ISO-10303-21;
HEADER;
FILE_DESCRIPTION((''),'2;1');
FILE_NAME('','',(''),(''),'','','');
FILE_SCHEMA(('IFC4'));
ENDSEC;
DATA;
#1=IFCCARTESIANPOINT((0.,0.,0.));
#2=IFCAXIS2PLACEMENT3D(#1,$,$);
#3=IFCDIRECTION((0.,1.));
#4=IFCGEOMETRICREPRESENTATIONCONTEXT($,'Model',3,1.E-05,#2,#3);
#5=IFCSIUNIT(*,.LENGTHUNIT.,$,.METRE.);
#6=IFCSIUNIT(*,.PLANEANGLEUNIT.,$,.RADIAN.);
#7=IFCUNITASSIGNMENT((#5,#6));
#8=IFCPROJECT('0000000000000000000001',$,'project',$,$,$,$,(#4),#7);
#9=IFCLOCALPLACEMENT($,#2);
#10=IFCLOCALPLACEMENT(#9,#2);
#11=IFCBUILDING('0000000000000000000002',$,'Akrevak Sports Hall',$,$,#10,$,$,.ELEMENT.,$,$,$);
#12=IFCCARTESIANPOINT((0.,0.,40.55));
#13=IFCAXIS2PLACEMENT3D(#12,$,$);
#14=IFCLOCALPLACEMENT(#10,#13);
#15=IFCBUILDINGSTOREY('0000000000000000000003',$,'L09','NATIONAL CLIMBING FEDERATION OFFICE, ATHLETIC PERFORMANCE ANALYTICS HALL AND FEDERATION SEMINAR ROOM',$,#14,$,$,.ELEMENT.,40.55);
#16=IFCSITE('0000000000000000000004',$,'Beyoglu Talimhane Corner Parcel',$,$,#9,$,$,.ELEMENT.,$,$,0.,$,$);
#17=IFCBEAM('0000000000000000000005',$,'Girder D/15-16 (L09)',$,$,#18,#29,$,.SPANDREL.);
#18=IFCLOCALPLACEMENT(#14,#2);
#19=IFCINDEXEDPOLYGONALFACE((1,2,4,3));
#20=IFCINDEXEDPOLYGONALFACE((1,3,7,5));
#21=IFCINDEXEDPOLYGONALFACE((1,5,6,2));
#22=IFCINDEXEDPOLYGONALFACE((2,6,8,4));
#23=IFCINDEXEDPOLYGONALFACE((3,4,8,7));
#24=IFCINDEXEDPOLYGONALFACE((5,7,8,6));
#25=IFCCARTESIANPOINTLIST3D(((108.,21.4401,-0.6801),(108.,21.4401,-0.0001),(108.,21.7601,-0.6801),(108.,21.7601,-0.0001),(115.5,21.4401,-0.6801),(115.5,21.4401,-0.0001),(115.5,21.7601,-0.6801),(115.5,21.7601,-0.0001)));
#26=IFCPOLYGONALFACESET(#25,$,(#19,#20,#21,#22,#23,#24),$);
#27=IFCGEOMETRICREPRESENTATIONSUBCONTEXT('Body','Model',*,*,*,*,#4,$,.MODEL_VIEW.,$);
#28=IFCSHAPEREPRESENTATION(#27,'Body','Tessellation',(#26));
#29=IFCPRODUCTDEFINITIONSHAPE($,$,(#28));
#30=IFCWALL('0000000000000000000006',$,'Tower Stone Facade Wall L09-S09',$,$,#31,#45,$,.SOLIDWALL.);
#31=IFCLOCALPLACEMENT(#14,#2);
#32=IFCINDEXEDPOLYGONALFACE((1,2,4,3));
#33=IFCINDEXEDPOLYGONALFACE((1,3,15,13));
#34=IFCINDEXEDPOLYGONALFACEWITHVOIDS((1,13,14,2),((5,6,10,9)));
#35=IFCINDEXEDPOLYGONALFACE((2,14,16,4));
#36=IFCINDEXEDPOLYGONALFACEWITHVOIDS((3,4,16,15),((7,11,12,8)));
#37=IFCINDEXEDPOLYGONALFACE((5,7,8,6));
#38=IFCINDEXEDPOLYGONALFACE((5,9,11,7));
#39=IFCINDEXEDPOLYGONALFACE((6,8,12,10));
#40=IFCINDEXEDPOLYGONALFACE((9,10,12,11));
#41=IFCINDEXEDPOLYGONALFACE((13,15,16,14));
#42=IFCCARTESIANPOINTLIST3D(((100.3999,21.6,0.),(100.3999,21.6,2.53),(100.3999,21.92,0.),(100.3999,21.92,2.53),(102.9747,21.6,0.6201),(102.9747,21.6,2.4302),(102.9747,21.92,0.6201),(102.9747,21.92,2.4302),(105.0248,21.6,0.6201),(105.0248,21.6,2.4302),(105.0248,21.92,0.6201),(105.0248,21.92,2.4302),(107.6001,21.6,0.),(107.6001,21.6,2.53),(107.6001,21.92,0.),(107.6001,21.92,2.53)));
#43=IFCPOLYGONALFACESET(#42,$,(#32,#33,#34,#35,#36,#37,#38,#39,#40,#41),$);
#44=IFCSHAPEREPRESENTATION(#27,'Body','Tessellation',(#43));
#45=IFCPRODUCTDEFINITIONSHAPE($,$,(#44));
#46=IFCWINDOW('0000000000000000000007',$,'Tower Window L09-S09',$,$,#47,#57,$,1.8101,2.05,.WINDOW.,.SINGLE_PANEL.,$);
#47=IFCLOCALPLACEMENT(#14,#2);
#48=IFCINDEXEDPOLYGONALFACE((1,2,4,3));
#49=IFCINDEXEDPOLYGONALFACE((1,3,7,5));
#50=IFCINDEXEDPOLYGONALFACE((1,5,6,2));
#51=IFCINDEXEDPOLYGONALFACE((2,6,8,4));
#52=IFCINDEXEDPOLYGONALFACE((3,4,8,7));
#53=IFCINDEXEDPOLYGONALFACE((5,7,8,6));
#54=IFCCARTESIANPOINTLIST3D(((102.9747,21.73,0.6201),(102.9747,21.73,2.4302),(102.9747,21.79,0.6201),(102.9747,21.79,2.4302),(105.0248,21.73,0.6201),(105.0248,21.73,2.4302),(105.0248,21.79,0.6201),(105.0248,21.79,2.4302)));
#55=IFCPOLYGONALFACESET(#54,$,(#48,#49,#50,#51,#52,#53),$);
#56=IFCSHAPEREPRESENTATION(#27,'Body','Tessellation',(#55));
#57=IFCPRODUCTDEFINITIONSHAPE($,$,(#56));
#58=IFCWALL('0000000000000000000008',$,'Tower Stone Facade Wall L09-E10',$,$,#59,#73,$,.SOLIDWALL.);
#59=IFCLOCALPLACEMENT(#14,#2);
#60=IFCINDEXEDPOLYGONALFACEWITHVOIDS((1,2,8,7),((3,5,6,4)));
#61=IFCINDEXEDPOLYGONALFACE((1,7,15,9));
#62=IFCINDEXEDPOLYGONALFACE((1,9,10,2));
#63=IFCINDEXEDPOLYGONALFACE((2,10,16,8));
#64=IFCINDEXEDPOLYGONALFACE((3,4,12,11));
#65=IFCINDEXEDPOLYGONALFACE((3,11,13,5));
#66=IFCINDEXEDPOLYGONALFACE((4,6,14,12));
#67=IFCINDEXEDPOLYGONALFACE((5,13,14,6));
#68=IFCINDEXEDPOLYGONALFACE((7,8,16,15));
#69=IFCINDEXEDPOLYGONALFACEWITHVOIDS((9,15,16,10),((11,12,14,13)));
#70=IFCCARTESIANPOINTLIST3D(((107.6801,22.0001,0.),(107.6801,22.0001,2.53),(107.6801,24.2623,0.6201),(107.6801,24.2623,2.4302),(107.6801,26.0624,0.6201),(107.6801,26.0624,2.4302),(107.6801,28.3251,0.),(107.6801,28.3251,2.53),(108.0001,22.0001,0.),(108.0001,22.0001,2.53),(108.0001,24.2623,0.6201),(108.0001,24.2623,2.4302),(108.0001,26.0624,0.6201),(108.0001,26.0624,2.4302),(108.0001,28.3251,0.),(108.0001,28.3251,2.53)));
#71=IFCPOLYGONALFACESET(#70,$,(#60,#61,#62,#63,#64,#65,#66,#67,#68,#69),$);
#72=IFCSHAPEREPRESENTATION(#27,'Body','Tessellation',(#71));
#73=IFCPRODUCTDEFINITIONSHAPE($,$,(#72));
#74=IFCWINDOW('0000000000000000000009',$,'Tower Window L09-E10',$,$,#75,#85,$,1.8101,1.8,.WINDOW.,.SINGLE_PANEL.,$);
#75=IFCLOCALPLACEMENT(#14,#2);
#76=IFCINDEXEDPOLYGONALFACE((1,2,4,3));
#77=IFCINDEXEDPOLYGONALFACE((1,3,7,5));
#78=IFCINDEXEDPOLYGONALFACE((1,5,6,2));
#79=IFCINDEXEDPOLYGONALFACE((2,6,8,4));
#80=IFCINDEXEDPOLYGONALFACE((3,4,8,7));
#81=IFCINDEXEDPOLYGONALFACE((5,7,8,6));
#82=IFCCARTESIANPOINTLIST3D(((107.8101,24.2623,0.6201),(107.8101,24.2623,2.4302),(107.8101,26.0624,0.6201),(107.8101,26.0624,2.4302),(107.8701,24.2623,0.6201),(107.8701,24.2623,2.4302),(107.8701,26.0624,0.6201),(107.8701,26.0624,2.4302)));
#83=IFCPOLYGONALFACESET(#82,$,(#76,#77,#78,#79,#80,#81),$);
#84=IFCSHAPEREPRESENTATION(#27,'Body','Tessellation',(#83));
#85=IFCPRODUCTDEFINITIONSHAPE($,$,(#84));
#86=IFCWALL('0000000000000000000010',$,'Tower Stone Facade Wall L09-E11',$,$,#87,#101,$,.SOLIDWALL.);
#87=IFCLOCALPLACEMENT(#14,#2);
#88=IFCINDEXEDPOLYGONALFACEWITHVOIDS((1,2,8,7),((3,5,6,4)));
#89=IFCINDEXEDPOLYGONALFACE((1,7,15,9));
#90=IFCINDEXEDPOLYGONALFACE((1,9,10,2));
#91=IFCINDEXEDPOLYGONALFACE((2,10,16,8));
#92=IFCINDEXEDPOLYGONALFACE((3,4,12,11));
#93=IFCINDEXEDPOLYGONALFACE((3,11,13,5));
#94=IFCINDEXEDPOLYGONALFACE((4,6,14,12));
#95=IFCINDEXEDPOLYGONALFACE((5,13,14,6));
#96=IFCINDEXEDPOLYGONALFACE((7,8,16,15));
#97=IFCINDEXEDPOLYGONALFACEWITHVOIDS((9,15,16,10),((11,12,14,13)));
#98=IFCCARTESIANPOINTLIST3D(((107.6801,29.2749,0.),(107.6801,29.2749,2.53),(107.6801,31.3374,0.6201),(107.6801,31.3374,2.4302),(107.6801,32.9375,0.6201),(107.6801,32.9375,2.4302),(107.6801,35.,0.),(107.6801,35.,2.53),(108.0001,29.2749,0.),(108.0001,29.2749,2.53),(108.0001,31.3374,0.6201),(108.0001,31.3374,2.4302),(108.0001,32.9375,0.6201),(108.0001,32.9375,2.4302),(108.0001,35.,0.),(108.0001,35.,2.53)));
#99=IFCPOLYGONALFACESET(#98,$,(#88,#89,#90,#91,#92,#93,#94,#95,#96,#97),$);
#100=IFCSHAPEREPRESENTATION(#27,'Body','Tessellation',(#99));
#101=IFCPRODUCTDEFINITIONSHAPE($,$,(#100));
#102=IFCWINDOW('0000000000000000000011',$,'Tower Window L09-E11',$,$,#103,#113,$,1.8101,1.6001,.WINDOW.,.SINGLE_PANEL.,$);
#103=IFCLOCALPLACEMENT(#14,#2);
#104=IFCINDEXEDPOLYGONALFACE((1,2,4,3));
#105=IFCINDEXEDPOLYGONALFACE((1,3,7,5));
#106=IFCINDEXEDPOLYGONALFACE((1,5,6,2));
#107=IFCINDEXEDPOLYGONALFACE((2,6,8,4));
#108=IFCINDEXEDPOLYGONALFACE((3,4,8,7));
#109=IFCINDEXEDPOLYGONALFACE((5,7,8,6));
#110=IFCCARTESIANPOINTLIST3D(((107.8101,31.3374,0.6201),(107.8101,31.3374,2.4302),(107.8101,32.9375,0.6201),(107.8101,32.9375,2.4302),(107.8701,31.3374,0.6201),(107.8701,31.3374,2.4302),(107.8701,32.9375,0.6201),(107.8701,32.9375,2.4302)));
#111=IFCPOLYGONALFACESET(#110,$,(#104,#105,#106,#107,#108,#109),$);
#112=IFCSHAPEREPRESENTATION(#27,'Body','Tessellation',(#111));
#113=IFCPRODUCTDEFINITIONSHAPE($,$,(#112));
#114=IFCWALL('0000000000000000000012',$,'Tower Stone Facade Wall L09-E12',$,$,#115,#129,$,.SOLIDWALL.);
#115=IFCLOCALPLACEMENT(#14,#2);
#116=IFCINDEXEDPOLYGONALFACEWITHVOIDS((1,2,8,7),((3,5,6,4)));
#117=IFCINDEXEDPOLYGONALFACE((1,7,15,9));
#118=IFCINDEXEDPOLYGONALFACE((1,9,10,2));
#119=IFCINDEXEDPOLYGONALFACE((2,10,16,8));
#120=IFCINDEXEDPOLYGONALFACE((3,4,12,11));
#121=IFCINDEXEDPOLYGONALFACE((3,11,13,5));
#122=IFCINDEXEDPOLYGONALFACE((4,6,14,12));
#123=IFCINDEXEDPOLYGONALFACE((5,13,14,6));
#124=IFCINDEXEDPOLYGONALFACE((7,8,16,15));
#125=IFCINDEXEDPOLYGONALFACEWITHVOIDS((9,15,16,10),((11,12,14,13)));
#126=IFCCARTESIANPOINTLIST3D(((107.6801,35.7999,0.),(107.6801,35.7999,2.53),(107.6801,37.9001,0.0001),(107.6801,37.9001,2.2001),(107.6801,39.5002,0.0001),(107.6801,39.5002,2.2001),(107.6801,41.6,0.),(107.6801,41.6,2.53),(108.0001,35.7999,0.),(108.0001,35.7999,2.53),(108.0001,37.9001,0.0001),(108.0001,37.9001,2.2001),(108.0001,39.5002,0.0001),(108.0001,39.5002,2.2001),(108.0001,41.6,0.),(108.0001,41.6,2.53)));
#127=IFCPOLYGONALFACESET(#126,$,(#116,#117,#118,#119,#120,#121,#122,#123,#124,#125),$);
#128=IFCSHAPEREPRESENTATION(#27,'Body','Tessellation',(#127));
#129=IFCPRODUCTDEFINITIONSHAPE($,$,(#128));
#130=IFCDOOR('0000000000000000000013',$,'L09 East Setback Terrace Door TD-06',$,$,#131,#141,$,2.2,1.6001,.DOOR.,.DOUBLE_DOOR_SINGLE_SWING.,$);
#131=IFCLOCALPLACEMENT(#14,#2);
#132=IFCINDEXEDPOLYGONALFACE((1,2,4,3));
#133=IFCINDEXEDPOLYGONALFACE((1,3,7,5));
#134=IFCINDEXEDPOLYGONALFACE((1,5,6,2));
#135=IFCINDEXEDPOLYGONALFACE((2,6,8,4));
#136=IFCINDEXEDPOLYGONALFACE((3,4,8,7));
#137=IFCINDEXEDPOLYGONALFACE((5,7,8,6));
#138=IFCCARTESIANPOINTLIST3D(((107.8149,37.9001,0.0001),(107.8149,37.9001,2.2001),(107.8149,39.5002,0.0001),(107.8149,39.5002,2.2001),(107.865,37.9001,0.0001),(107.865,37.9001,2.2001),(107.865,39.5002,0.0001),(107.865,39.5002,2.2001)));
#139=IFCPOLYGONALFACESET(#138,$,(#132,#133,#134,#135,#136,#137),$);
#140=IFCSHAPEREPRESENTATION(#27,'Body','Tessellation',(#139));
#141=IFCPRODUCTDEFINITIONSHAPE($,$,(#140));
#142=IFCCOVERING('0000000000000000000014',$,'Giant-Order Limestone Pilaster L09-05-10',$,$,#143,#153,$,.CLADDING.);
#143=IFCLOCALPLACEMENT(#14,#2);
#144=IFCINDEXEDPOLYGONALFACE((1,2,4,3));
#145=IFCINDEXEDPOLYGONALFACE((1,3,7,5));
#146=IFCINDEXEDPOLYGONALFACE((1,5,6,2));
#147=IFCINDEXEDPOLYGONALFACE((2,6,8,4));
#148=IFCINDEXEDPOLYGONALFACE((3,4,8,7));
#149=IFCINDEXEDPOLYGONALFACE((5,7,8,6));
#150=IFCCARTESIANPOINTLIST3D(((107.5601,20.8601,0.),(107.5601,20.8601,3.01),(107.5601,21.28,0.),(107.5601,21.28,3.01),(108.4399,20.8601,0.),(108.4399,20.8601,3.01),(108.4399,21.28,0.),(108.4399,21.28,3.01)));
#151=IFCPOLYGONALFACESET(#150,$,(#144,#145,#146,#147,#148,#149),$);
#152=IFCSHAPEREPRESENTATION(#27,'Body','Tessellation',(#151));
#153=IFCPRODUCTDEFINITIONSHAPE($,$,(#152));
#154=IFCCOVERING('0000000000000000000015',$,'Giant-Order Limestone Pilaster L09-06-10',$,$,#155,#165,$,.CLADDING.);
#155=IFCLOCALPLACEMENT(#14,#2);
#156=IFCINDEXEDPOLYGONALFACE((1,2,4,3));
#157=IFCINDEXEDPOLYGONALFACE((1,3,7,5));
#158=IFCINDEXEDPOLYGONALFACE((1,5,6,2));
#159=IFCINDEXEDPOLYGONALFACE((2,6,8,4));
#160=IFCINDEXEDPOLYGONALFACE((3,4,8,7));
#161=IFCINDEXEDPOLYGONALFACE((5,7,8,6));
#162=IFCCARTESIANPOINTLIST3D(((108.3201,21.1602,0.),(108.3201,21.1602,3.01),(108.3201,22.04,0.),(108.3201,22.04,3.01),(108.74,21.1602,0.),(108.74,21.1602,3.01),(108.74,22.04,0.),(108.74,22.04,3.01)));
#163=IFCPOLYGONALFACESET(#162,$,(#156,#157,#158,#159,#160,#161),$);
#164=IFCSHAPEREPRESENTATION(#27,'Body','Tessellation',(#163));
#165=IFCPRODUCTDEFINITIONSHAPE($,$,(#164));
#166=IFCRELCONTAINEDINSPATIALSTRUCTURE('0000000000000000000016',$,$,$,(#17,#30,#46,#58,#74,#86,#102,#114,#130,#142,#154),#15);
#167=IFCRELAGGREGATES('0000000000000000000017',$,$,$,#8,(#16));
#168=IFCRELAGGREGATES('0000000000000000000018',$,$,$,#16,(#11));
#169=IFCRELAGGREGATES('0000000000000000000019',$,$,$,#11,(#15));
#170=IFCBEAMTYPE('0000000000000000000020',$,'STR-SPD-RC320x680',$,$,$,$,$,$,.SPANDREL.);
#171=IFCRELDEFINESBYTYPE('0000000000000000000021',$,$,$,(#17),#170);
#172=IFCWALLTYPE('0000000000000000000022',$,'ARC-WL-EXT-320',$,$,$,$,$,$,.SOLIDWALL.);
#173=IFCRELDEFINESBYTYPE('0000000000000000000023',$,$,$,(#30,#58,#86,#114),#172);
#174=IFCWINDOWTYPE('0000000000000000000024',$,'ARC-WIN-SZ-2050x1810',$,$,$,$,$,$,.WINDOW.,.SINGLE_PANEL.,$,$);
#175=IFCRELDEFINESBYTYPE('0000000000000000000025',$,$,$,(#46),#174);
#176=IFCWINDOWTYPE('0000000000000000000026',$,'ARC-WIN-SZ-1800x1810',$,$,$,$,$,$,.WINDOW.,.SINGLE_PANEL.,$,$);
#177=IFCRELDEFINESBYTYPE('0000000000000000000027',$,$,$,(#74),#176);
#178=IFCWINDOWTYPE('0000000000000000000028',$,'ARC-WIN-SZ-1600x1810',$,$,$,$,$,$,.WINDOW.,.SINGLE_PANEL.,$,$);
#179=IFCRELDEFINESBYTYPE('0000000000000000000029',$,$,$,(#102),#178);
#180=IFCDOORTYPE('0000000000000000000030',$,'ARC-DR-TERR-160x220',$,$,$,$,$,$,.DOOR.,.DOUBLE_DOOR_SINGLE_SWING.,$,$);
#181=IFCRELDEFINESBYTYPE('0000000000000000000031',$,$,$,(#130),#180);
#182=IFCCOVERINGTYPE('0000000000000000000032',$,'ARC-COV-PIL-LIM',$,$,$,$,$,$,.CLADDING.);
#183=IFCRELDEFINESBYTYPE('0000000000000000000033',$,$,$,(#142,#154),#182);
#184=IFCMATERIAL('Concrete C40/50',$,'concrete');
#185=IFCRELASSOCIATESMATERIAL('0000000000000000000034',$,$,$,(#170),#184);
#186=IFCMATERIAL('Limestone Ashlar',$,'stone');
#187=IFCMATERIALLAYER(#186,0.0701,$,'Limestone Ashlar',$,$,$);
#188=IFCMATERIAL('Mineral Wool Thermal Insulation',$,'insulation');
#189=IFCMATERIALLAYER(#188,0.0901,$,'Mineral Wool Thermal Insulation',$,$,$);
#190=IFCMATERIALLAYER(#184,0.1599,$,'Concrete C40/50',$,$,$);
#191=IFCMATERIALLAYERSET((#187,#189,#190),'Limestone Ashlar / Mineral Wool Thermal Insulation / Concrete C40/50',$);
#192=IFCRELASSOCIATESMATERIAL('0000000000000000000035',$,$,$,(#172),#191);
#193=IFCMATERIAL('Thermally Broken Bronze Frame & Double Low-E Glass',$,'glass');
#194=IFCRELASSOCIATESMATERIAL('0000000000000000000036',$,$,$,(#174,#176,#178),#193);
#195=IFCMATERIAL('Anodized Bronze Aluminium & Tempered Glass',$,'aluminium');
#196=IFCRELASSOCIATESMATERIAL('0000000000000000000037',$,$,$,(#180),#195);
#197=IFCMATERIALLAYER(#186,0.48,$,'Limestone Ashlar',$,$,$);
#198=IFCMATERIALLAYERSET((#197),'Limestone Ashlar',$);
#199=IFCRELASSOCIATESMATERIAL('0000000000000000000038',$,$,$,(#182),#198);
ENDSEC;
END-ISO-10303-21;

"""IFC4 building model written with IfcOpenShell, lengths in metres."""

from ifc_helpers import new_model, si_unit, direction, frame, frame_2d, origin, origin_2d, place, context, subcontext, project, spatial, rectangle, extrude, material, layer, layer_set, material_profile, profile_set, type_object, element, fill, save


model = new_model("IFC4")

# Units and contexts
model_context = context("Model", 3, precision=1e-05, world=origin(), true_north=direction((0.0, 1.0)))
body_context = subcontext(model_context, "Body", "Model", "MODEL_VIEW")
ifc_project = project(units=[si_unit("LENGTHUNIT", "METRE"), si_unit("PLANEANGLEUNIT", "RADIAN")], contexts=[model_context])

# Site, building, storey
site_placement = place(None, origin())
site = spatial("IfcSite", under=ifc_project, at=site_placement, Name="Beyoglu Talimhane Corner Parcel", CompositionType="ELEMENT", RefElevation=0.0)
building_placement = place(site_placement, origin())
building = spatial("IfcBuilding", under=site, at=building_placement, Name="Akrevak Sports Hall", CompositionType="ELEMENT")
storey_placement = place(building_placement, frame((0.0, 0.0, 40.55)))
storey = spatial("IfcBuildingStorey", under=building, at=storey_placement, Name="L09", Description="NATIONAL CLIMBING FEDERATION OFFICE, ATHLETIC PERFORMANCE ANALYTICS HALL AND FEDERATION SEMINAR ROOM", CompositionType="ELEMENT", Elevation=40.55)

# Shared definitions
ifc_material_1 = material(Name="Concrete C40/50", Category="concrete")

# Beam
ifc_material_profile_1 = material_profile(ifc_material_1, rectangle(XDim=0.3201, YDim=0.6799, at=origin_2d()), Name="SPD 320x680", Category="concrete")
ifc_profile_set_1 = profile_set([ifc_material_profile_1], Name="Concrete C40/50")
beam_type_1 = type_object("IfcBeamType", Name="STR-SPD-RC320x680", PredefinedType="SPANDREL", material=ifc_profile_set_1)
beam_1_placement = place(storey_placement, frame((108.0, 21.6001, -0.3401), z_axis=(1.0, 0.0, 0.0), x_axis=(0.0, 1.0, 0.0)))
element("IfcBeam", 1, at=beam_1_placement, inside=storey, type_object=beam_type_1, Name="Girder D/15-16 (L09)", PredefinedType="SPANDREL", context=body_context, shape_type="SweptSolid", body=[
    extrude(rectangle(XDim=0.3201, YDim=0.6799, at=origin_2d()), origin(), (0.0, 0.0, 1.0), 7.5),
])

# Walls, openings, windows
ifc_material_2 = material(Name="Limestone Ashlar", Category="stone")
ifc_layer_1 = layer(ifc_material_2, 0.0701, Name="Limestone Ashlar")
ifc_material_3 = material(Name="Mineral Wool Thermal Insulation", Category="insulation")
ifc_layer_2 = layer(ifc_material_3, 0.0901, Name="Mineral Wool Thermal Insulation")
ifc_layer_3 = layer(ifc_material_1, 0.1599, Name="Concrete C40/50")
ifc_layer_set_1 = layer_set([ifc_layer_1, ifc_layer_2, ifc_layer_3], Name="Limestone Ashlar / Mineral Wool Thermal Insulation / Concrete C40/50")
wall_type = type_object("IfcWallType", Name="ARC-WL-EXT-320", PredefinedType="SOLIDWALL", material=ifc_layer_set_1)
wall_1_placement = place(storey_placement, frame((100.3999, 21.76, 0.0), z_axis=(0.0, 0.0, 1.0), x_axis=(1.0, 0.0, 0.0)))
wall_1 = element("IfcWall", 2, at=wall_1_placement, inside=storey, type_object=wall_type, Name="Tower Stone Facade Wall L09-S09", PredefinedType="SOLIDWALL", context=body_context, shape_type="SweptSolid", body=[
    extrude(rectangle(XDim=7.2002, YDim=0.3201, at=frame_2d((3.6001, 0.0))), origin(), (0.0, 0.0, 1.0), 2.53),
])
opening_1_placement = place(wall_1_placement, frame((2.575, 0.0, 0.6201)))
opening_1 = element("IfcOpeningElement", 3, at=opening_1_placement, cuts=wall_1, PredefinedType="OPENING", context=body_context, shape_type="SweptSolid", body=[
    extrude(rectangle(XDim=2.05, YDim=1.8101, at=frame_2d((1.0249, 0.905))), frame((0.0, 0.1719, 0.0), z_axis=(0.0, -1.0, 0.0), x_axis=(1.0, 0.0, 0.0)), (0.0, 0.0, 1.0), 0.344),
])
ifc_material_4 = material(Name="Thermally Broken Bronze Frame & Double Low-E Glass", Category="glass")
window_type_1 = type_object("IfcWindowType", Name="ARC-WIN-SZ-2050x1810", PartitioningType="SINGLE_PANEL", PredefinedType="WINDOW", material=ifc_material_4)
window_1_placement = place(opening_1_placement, origin())
window_1 = element("IfcWindow", 4, at=window_1_placement, inside=storey, type_object=window_type_1, Name="Tower Window L09-S09", OverallHeight=1.8101, OverallWidth=2.05, PartitioningType="SINGLE_PANEL", PredefinedType="WINDOW", context=body_context, shape_type="SweptSolid", body=[
    extrude(rectangle(XDim=2.05, YDim=1.8101, at=frame_2d((1.0249, 0.905))), frame((0.0, 0.03, 0.0), z_axis=(0.0, -1.0, 0.0), x_axis=(1.0, 0.0, 0.0)), (0.0, 0.0, 1.0), 0.0601),
])
fill(opening_1, window_1)
wall_2_placement = place(storey_placement, frame((107.8401, 22.0, 0.0), z_axis=(0.0, 0.0, 1.0), x_axis=(0.0, 1.0, 0.0)))
wall_2 = element("IfcWall", 5, at=wall_2_placement, inside=storey, type_object=wall_type, Name="Tower Stone Facade Wall L09-E10", PredefinedType="SOLIDWALL", context=body_context, shape_type="SweptSolid", body=[
    extrude(rectangle(XDim=6.325, YDim=0.3201, at=frame_2d((3.1626, 0.0))), origin(), (0.0, 0.0, 1.0), 2.53),
])
opening_2_placement = place(wall_2_placement, frame((2.2625, 0.0, 0.6201)))
opening_2 = element("IfcOpeningElement", 6, at=opening_2_placement, cuts=wall_2, PredefinedType="OPENING", context=body_context, shape_type="SweptSolid", body=[
    extrude(rectangle(XDim=1.8, YDim=1.8101, at=frame_2d((0.8999, 0.905))), frame((0.0, 0.1719, 0.0), z_axis=(0.0, -1.0, 0.0), x_axis=(1.0, 0.0, 0.0)), (0.0, 0.0, 1.0), 0.344),
])
window_type_2 = type_object("IfcWindowType", Name="ARC-WIN-SZ-1800x1810", PartitioningType="SINGLE_PANEL", PredefinedType="WINDOW", material=ifc_material_4)
window_2_placement = place(opening_2_placement, origin())
window_2 = element("IfcWindow", 7, at=window_2_placement, inside=storey, type_object=window_type_2, Name="Tower Window L09-E10", OverallHeight=1.8101, OverallWidth=1.8, PartitioningType="SINGLE_PANEL", PredefinedType="WINDOW", context=body_context, shape_type="SweptSolid", body=[
    extrude(rectangle(XDim=1.8, YDim=1.8101, at=frame_2d((0.8999, 0.905))), frame((0.0, 0.03, 0.0), z_axis=(0.0, -1.0, 0.0), x_axis=(1.0, 0.0, 0.0)), (0.0, 0.0, 1.0), 0.0601),
])
fill(opening_2, window_2)
wall_3_placement = place(storey_placement, frame((107.8401, 29.2749, 0.0), z_axis=(0.0, 0.0, 1.0), x_axis=(0.0, 1.0, 0.0)))
wall_3 = element("IfcWall", 8, at=wall_3_placement, inside=storey, type_object=wall_type, Name="Tower Stone Facade Wall L09-E11", PredefinedType="SOLIDWALL", context=body_context, shape_type="SweptSolid", body=[
    extrude(rectangle(XDim=5.7251, YDim=0.3201, at=frame_2d((2.8625, 0.0))), origin(), (0.0, 0.0, 1.0), 2.53),
])
opening_3_placement = place(wall_3_placement, frame((2.0625, 0.0, 0.6201)))
opening_3 = element("IfcOpeningElement", 9, at=opening_3_placement, cuts=wall_3, PredefinedType="OPENING", context=body_context, shape_type="SweptSolid", body=[
    extrude(rectangle(XDim=1.6001, YDim=1.8101, at=frame_2d((0.8, 0.905))), frame((0.0, 0.1719, 0.0), z_axis=(0.0, -1.0, 0.0), x_axis=(1.0, 0.0, 0.0)), (0.0, 0.0, 1.0), 0.344),
])
window_type_3 = type_object("IfcWindowType", Name="ARC-WIN-SZ-1600x1810", PartitioningType="SINGLE_PANEL", PredefinedType="WINDOW", material=ifc_material_4)
window_3_placement = place(opening_3_placement, origin())
window_3 = element("IfcWindow", 10, at=window_3_placement, inside=storey, type_object=window_type_3, Name="Tower Window L09-E11", OverallHeight=1.8101, OverallWidth=1.6001, PartitioningType="SINGLE_PANEL", PredefinedType="WINDOW", context=body_context, shape_type="SweptSolid", body=[
    extrude(rectangle(XDim=1.6001, YDim=1.8101, at=frame_2d((0.8, 0.905))), frame((0.0, 0.03, 0.0), z_axis=(0.0, -1.0, 0.0), x_axis=(1.0, 0.0, 0.0)), (0.0, 0.0, 1.0), 0.0601),
])
fill(opening_3, window_3)

# Wall, opening, door
wall_4_placement = place(storey_placement, frame((107.8401, 35.8, 0.0), z_axis=(0.0, 0.0, 1.0), x_axis=(0.0, 1.0, 0.0)))
wall_4 = element("IfcWall", 11, at=wall_4_placement, inside=storey, type_object=wall_type, Name="Tower Stone Facade Wall L09-E12", PredefinedType="SOLIDWALL", context=body_context, shape_type="SweptSolid", body=[
    extrude(rectangle(XDim=5.8, YDim=0.3201, at=frame_2d((2.8999, 0.0))), origin(), (0.0, 0.0, 1.0), 2.53),
])
opening_4_placement = place(wall_4_placement, frame((2.1001, 0.0, 0.0)))
opening_4 = element("IfcOpeningElement", 12, at=opening_4_placement, cuts=wall_4, PredefinedType="OPENING", context=body_context, shape_type="SweptSolid", body=[
    extrude(rectangle(XDim=1.6001, YDim=2.2, at=frame_2d((0.8, 1.1001))), frame((0.0, 0.1719, 0.0), z_axis=(0.0, -1.0, 0.0), x_axis=(1.0, 0.0, 0.0)), (0.0, 0.0, 1.0), 0.344),
])
ifc_material_5 = material(Name="Anodized Bronze Aluminium & Tempered Glass", Category="aluminium")
door_type = type_object("IfcDoorType", Name="ARC-DR-TERR-160x220", OperationType="DOUBLE_DOOR_SINGLE_SWING", PredefinedType="DOOR", material=ifc_material_5)
door_placement = place(opening_4_placement, frame((1.6001, 0.0, 0.0), z_axis=(0.0, 0.0, 1.0), x_axis=(-1.0, 0.0, 0.0)))
door = element("IfcDoor", 13, at=door_placement, inside=storey, type_object=door_type, Name="L09 East Setback Terrace Door TD-06", OperationType="DOUBLE_DOOR_SINGLE_SWING", OverallHeight=2.2, OverallWidth=1.6001, PredefinedType="DOOR", context=body_context, shape_type="SweptSolid", body=[
    extrude(rectangle(XDim=1.6001, YDim=2.2, at=frame_2d((0.8, 1.1001))), frame((0.0, 0.0249, 0.0), z_axis=(0.0, -1.0, 0.0), x_axis=(1.0, 0.0, 0.0)), (0.0, 0.0, 1.0), 0.05),
])
fill(opening_4, door)

# Coverings
ifc_layer_4 = layer(ifc_material_2, 0.48, Name="Limestone Ashlar")
ifc_layer_set_2 = layer_set([ifc_layer_4], Name="Limestone Ashlar")
covering_type = type_object("IfcCoveringType", Name="ARC-COV-PIL-LIM", PredefinedType="CLADDING", material=ifc_layer_set_2)
for number, where, z_axis, x_axis, name in (
    (14, (108.0, 21.0701, 0.0), (0.0, 0.0, 1.0), (1.0, 0.0, 0.0), "Giant-Order Limestone Pilaster L09-05-10"),
    (15, (108.53, 21.6001, 0.0), (0.0, 0.0, 1.0), (0.0, 1.0, 0.0), "Giant-Order Limestone Pilaster L09-06-10"),
):
    element("IfcCovering", number, at=place(storey_placement, frame(where, z_axis=z_axis, x_axis=x_axis)), inside=storey, type_object=covering_type, Name=name, PredefinedType="CLADDING", context=body_context, shape_type="SweptSolid", body=[
        extrude(rectangle(XDim=0.8799, YDim=0.4199, at=origin_2d()), origin(), (0.0, 0.0, 1.0), 3.01),
    ])

save(model, "model.ifc")
